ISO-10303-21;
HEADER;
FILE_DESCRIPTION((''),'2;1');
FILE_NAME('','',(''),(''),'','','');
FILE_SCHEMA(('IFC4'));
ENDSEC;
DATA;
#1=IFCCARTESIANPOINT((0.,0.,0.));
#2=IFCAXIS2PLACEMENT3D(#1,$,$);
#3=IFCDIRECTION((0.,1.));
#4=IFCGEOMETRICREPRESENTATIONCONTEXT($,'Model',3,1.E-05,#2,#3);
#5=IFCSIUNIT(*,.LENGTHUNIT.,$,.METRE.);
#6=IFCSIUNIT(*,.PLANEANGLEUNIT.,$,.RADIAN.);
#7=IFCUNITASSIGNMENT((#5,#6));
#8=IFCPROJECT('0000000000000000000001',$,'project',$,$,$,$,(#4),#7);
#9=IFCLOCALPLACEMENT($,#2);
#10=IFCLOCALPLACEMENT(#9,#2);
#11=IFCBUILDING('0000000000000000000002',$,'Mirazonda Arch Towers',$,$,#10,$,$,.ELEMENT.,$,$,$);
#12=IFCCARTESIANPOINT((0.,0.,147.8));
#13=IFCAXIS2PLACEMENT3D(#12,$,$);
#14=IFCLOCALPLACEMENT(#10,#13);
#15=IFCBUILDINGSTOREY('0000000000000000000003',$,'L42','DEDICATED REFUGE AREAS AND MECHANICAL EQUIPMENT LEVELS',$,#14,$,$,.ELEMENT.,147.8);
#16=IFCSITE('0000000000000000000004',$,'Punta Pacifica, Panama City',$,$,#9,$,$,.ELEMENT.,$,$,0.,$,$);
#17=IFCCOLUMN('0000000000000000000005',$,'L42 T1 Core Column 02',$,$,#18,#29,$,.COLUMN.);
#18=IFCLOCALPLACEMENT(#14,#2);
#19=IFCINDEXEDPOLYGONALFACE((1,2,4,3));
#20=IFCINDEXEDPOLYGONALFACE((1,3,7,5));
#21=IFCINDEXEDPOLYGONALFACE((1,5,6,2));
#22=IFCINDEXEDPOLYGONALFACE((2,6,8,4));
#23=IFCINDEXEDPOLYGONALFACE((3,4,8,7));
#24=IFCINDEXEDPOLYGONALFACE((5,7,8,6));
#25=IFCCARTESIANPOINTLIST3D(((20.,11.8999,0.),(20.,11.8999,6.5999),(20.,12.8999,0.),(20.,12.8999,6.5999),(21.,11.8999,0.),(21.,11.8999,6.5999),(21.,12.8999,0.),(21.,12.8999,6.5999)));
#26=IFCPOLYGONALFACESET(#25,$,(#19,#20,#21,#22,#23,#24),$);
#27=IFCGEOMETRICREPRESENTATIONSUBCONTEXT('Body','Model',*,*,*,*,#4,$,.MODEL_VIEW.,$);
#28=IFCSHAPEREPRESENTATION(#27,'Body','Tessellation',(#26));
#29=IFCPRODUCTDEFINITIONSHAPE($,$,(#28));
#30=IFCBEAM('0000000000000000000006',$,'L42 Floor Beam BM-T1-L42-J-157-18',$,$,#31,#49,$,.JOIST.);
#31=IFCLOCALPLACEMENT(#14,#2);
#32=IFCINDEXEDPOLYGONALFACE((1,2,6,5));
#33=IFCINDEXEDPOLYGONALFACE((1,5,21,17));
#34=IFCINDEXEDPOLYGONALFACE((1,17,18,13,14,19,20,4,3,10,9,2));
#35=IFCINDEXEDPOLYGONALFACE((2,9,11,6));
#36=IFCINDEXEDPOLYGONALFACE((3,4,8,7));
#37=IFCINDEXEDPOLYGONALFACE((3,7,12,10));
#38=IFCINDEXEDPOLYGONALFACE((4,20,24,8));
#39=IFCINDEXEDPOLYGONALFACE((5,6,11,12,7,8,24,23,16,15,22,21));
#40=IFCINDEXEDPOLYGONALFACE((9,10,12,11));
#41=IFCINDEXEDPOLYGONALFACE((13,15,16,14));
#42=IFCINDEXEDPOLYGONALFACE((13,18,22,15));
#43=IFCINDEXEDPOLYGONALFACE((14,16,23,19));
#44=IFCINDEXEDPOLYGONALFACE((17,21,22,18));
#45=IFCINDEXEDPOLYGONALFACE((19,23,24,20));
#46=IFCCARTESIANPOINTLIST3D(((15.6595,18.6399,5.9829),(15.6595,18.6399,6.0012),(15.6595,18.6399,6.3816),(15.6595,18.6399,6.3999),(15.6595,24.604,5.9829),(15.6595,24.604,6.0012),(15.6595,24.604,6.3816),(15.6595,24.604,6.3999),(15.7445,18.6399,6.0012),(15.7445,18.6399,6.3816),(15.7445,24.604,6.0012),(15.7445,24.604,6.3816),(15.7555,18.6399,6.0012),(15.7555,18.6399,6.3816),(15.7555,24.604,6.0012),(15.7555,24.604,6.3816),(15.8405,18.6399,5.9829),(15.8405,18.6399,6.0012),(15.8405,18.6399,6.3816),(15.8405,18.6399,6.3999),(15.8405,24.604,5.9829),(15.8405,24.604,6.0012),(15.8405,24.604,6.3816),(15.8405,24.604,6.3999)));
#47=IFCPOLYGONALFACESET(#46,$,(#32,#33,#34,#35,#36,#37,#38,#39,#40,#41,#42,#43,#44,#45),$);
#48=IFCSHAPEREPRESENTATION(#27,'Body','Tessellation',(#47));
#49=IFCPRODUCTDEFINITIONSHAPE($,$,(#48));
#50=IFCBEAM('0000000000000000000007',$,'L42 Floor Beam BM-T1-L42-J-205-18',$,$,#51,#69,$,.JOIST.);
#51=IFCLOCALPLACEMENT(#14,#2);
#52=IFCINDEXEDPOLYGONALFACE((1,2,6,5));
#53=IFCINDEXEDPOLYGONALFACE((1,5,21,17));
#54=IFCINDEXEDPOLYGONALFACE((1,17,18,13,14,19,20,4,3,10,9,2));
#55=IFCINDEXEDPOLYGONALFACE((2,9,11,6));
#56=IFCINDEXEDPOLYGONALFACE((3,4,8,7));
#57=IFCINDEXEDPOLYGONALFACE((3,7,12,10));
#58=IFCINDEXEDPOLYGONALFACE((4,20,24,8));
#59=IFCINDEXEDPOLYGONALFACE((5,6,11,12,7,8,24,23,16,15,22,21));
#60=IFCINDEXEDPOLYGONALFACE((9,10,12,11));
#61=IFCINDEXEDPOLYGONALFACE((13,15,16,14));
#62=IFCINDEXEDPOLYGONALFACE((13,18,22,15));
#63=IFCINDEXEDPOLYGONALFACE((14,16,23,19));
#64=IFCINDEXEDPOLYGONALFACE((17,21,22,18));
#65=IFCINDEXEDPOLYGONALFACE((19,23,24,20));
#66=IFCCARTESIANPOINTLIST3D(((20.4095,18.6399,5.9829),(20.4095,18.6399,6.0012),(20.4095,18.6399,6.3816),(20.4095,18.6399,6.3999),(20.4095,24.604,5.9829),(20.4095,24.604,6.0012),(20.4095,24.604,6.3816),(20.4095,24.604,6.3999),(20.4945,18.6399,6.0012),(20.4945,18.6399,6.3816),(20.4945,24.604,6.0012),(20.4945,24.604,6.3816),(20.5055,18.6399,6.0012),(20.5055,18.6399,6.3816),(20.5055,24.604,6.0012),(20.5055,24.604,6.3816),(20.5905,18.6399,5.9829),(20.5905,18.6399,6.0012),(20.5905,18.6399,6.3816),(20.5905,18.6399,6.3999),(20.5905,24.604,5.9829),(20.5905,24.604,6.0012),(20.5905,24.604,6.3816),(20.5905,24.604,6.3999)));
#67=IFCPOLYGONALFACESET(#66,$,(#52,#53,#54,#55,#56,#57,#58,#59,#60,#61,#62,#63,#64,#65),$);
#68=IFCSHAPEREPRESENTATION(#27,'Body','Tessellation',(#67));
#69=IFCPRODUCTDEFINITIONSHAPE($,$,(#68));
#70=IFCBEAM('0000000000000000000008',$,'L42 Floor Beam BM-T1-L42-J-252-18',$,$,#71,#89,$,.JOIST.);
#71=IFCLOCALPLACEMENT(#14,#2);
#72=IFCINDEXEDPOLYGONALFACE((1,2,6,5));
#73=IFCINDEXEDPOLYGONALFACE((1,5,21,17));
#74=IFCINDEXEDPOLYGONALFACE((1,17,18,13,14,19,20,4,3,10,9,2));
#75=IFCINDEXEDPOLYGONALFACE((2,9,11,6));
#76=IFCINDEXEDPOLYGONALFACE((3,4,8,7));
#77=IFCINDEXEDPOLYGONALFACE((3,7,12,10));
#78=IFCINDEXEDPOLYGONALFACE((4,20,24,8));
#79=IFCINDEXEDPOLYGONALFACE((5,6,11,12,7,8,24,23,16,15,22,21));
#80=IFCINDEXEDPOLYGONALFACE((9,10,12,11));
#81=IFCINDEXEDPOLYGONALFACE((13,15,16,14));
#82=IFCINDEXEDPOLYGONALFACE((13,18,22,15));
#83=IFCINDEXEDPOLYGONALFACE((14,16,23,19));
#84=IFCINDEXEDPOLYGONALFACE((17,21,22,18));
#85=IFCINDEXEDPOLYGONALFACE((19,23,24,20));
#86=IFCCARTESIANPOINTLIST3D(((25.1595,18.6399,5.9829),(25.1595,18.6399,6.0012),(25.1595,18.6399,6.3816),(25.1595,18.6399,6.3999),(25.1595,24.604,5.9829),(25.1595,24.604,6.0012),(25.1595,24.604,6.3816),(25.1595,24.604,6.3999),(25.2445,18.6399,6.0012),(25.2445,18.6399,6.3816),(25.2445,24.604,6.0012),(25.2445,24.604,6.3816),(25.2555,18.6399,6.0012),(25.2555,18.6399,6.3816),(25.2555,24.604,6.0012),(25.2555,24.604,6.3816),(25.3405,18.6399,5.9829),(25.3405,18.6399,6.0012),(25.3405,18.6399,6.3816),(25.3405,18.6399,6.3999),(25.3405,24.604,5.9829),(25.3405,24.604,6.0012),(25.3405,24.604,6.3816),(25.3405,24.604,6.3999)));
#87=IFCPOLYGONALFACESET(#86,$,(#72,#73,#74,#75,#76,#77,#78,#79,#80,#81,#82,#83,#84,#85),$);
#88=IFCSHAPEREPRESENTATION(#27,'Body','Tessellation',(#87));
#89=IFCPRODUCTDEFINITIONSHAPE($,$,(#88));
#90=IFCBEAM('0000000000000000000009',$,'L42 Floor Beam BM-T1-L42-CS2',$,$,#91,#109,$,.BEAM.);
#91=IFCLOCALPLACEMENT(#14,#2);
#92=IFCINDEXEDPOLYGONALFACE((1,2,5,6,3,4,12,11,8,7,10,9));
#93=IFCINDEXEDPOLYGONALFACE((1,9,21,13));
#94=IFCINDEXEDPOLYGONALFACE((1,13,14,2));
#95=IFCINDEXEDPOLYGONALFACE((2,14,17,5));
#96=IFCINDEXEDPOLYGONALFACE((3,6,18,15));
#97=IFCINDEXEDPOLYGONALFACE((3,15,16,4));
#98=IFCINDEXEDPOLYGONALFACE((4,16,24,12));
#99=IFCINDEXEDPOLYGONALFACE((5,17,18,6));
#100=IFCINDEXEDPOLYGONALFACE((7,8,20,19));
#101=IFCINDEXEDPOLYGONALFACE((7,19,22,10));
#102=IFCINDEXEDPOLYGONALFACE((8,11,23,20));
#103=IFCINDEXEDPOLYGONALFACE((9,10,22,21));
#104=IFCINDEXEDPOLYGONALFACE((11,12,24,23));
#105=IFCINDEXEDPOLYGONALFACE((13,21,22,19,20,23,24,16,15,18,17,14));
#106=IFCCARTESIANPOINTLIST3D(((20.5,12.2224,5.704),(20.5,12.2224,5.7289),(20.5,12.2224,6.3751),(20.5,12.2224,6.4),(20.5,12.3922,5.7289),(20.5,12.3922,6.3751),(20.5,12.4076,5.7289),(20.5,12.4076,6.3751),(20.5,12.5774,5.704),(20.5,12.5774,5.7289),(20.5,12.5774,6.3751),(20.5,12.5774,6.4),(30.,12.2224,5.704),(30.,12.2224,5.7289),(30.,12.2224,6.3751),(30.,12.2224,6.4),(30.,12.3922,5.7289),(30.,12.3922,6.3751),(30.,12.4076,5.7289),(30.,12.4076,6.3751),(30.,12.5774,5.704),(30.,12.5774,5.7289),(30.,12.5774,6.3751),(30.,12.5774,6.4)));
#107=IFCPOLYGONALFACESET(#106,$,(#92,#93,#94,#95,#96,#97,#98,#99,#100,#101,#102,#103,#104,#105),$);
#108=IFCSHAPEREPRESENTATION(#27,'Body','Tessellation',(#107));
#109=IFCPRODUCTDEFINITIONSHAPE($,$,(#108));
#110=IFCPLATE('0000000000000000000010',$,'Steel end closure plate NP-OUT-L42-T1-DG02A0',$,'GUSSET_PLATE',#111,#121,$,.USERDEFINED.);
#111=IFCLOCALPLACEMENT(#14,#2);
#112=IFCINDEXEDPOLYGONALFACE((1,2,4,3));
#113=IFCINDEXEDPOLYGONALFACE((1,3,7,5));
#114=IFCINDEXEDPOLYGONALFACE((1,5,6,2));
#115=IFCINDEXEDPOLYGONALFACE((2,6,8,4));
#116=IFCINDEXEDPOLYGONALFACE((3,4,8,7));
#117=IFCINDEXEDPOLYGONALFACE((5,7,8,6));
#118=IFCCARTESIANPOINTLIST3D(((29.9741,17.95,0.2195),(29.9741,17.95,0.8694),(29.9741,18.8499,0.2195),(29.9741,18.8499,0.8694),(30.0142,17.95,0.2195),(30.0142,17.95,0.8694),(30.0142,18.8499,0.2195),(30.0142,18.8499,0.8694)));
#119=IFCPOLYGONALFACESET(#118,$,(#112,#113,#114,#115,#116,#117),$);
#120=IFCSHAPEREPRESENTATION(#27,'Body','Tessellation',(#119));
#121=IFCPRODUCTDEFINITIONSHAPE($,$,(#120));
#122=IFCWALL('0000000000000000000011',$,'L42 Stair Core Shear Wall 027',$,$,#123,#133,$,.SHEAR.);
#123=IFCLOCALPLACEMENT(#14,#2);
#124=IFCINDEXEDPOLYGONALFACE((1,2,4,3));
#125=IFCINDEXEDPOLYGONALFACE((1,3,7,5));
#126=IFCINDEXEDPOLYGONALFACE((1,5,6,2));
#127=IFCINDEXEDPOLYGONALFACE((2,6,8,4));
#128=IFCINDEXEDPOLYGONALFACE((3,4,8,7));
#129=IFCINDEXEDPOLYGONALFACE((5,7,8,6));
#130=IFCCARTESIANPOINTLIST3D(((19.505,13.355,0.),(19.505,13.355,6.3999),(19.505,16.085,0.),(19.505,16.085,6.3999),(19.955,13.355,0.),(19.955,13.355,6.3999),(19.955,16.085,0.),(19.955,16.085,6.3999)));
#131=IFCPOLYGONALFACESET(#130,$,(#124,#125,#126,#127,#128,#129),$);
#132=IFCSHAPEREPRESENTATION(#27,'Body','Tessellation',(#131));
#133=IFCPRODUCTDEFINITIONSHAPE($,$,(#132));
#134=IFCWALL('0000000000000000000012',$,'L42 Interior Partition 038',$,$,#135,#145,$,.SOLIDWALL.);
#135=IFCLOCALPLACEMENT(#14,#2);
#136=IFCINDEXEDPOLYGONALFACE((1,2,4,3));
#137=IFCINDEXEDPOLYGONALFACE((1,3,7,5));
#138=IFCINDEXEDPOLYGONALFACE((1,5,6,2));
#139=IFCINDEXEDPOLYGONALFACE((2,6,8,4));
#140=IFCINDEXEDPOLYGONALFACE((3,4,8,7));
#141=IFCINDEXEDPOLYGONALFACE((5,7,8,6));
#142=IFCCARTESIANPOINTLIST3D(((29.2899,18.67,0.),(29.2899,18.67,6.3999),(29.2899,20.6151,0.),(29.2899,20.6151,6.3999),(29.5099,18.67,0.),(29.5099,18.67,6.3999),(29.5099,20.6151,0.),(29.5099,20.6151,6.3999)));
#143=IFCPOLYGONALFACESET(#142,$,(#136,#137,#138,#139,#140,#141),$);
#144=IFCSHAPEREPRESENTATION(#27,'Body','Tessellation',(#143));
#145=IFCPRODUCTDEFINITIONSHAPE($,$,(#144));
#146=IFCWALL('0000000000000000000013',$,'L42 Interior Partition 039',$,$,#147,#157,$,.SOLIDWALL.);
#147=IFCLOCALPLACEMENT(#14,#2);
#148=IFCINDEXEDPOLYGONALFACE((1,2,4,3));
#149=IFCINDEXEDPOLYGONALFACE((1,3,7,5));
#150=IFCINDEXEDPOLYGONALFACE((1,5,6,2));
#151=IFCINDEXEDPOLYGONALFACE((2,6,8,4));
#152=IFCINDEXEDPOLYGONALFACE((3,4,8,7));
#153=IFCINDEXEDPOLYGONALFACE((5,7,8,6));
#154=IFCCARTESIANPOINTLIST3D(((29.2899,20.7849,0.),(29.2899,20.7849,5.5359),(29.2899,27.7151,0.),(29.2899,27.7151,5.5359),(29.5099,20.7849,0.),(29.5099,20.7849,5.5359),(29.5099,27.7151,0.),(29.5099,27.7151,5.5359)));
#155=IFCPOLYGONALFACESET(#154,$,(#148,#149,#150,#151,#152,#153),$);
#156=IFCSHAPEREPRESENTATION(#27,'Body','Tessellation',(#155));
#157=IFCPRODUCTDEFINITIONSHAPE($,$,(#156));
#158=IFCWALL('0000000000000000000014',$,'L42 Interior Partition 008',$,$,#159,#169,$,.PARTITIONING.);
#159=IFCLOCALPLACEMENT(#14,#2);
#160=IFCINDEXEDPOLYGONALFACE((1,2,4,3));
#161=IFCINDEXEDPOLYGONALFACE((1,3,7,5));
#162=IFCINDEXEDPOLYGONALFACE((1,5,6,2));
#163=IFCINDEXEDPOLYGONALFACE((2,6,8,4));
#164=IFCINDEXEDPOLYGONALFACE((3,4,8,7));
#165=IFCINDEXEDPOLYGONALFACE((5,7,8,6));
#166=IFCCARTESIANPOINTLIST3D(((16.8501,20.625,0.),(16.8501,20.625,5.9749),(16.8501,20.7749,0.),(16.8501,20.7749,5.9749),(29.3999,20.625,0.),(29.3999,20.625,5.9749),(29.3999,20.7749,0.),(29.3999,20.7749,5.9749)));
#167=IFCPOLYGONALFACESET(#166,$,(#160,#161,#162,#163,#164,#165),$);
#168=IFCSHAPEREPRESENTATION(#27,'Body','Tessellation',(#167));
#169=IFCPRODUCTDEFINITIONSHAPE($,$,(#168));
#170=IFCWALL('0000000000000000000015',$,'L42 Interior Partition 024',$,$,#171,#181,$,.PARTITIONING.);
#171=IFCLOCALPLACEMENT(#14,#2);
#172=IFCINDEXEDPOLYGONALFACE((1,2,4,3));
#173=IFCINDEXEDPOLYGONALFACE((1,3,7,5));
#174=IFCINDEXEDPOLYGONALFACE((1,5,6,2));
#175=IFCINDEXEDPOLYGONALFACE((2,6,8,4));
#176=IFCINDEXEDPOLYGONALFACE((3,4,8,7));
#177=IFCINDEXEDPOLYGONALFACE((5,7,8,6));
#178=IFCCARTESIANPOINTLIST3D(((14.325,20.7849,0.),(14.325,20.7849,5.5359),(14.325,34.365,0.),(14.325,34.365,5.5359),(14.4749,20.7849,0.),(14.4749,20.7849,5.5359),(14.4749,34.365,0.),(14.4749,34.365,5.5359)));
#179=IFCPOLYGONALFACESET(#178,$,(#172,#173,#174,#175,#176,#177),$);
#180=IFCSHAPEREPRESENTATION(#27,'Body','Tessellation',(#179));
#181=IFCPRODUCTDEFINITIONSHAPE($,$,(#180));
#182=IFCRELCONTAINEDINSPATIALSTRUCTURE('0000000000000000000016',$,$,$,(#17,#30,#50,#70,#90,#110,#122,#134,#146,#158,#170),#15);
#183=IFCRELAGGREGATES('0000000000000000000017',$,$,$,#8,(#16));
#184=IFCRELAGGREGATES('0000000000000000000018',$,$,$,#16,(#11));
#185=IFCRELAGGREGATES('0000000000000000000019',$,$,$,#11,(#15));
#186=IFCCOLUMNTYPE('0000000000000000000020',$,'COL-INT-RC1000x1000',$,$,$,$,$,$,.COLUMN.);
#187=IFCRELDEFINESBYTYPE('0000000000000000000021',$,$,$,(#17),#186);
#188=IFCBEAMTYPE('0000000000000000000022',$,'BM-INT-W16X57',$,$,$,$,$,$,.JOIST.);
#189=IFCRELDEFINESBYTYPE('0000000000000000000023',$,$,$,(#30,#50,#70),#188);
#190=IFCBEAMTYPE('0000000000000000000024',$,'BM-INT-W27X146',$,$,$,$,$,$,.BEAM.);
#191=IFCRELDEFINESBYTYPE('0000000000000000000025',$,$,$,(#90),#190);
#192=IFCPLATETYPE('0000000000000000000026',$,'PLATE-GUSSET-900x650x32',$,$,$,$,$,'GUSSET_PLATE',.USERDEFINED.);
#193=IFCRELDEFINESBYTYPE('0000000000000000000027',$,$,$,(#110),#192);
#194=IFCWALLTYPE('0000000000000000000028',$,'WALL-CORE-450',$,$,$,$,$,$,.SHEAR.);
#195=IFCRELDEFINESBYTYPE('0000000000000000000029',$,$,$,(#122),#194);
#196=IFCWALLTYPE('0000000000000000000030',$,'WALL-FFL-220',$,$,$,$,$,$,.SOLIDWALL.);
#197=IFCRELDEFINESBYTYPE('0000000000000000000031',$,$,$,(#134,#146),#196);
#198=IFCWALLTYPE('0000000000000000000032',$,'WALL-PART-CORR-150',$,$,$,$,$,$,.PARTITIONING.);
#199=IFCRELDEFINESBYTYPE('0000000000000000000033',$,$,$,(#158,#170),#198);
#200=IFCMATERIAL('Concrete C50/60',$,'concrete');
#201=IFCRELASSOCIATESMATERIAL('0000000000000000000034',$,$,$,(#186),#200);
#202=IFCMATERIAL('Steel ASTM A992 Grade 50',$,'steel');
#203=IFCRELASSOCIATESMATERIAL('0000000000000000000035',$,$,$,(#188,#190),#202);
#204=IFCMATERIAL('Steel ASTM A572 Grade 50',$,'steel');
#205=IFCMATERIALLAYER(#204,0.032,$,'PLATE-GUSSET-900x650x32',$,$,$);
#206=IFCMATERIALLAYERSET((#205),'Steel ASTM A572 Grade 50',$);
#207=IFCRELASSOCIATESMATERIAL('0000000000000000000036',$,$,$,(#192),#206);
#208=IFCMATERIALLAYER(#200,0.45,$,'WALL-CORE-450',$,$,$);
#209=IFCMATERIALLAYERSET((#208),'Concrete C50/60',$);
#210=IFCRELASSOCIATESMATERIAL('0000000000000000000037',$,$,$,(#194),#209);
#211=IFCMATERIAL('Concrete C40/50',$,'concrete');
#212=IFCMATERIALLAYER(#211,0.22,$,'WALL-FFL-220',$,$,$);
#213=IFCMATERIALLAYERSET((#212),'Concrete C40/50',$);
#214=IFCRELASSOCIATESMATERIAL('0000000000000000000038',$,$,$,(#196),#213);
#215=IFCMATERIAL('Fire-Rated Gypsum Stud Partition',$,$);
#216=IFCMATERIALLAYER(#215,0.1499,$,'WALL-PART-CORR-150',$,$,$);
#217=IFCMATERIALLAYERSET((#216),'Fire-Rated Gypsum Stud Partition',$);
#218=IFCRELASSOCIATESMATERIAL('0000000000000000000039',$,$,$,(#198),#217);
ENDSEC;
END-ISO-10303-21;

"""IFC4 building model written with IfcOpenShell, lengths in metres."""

from ifc_helpers import new_model, si_unit, direction, frame, frame_2d, origin, origin_2d, place, context, subcontext, project, spatial, rectangle, i_section, extrude, material, layer, layer_set, material_profile, profile_set, type_object, element, save


model = new_model("IFC4")

# Units and contexts
model_context = context("Model", 3, precision=1e-05, world=origin(), true_north=direction((0.0, 1.0)))
body_context = subcontext(model_context, "Body", "Model", "MODEL_VIEW")
ifc_project = project(units=[si_unit("LENGTHUNIT", "METRE"), si_unit("PLANEANGLEUNIT", "RADIAN")], contexts=[model_context])

# Site, building, storey
site_placement = place(None, origin())
site = spatial("IfcSite", under=ifc_project, at=site_placement, Name="Punta Pacifica, Panama City", CompositionType="ELEMENT", RefElevation=0.0)
building_placement = place(site_placement, origin())
building = spatial("IfcBuilding", under=site, at=building_placement, Name="Mirazonda Arch Towers", CompositionType="ELEMENT")
storey_placement = place(building_placement, frame((0.0, 0.0, 147.8)))
storey = spatial("IfcBuildingStorey", under=building, at=storey_placement, Name="L42", Description="DEDICATED REFUGE AREAS AND MECHANICAL EQUIPMENT LEVELS", CompositionType="ELEMENT", Elevation=147.8)

# Column
ifc_material_1 = material(Name="Concrete C50/60", Category="concrete")
ifc_material_profile_1 = material_profile(ifc_material_1, rectangle(XDim=1.0, YDim=1.0, at=origin_2d()), Name="RC1000x1000")
ifc_profile_set_1 = profile_set([ifc_material_profile_1], Name="Concrete C50/60")
column_type = type_object("IfcColumnType", Name="COL-INT-RC1000x1000", PredefinedType="COLUMN", material=ifc_profile_set_1)
column_placement = place(storey_placement, frame((20.5, 12.3999, 0.0), z_axis=(0.0, 0.0, 1.0), x_axis=(1.0, 0.0, 0.0)))
element("IfcColumn", 1, at=column_placement, inside=storey, type_object=column_type, Name="L42 T1 Core Column 02", PredefinedType="COLUMN", context=body_context, shape_type="SweptSolid", body=[
    extrude(rectangle(XDim=1.0, YDim=1.0, at=origin_2d()), origin(), (0.0, 0.0, 1.0), 6.5999),
])

# Beams
ifc_material_2 = material(Name="Steel ASTM A992 Grade 50", Category="steel")
ifc_material_profile_2 = material_profile(ifc_material_2, i_section(OverallWidth=0.1809, OverallDepth=0.417, WebThickness=0.011, FlangeThickness=0.0183, at=origin_2d()), Name="W16X57")
ifc_profile_set_2 = profile_set([ifc_material_profile_2], Name="Steel ASTM A992 Grade 50")
beam_type_1 = type_object("IfcBeamType", Name="BM-INT-W16X57", PredefinedType="JOIST", material=ifc_profile_set_2)
for number, where, z_axis, x_axis, name in (
    (2, (15.75, 18.6399, 6.1914), (0.0, 1.0, 0.0), (-1.0, 0.0, 0.0), "L42 Floor Beam BM-T1-L42-J-157-18"),
    (3, (20.5, 18.6399, 6.1914), (0.0, 1.0, 0.0), (-1.0, 0.0, 0.0), "L42 Floor Beam BM-T1-L42-J-205-18"),
    (4, (25.25, 18.6399, 6.1914), (0.0, 1.0, 0.0), (-1.0, 0.0, 0.0), "L42 Floor Beam BM-T1-L42-J-252-18"),
):
    element("IfcBeam", number, at=place(storey_placement, frame(where, z_axis=z_axis, x_axis=x_axis)), inside=storey, type_object=beam_type_1, Name=name, PredefinedType="JOIST", context=body_context, shape_type="SweptSolid", body=[
        extrude(i_section(OverallWidth=0.1809, OverallDepth=0.417, WebThickness=0.011, FlangeThickness=0.0183, at=origin_2d()), origin(), (0.0, 0.0, 1.0), 5.9641),
    ])
ifc_material_profile_3 = material_profile(ifc_material_2, i_section(OverallWidth=0.355, OverallDepth=0.696, WebThickness=0.0154, FlangeThickness=0.0249, at=origin_2d()), Name="W27X146")
ifc_profile_set_3 = profile_set([ifc_material_profile_3], Name="Steel ASTM A992 Grade 50")
beam_type_2 = type_object("IfcBeamType", Name="BM-INT-W27X146", PredefinedType="BEAM", material=ifc_profile_set_3)
beam_placement = place(storey_placement, frame((20.5, 12.3999, 6.052), z_axis=(1.0, 0.0, 0.0), x_axis=(0.0, 1.0, 0.0)))
element("IfcBeam", 5, at=beam_placement, inside=storey, type_object=beam_type_2, Name="L42 Floor Beam BM-T1-L42-CS2", PredefinedType="BEAM", context=body_context, shape_type="SweptSolid", body=[
    extrude(i_section(OverallWidth=0.355, OverallDepth=0.696, WebThickness=0.0154, FlangeThickness=0.0249, at=origin_2d()), origin(), (0.0, 0.0, 1.0), 9.5),
])

# Plate
ifc_material_3 = material(Name="Steel ASTM A572 Grade 50", Category="steel")
ifc_layer_1 = layer(ifc_material_3, 0.032, Name="PLATE-GUSSET-900x650x32")
ifc_layer_set_1 = layer_set([ifc_layer_1], Name="Steel ASTM A572 Grade 50")
plate_type = type_object("IfcPlateType", Name="PLATE-GUSSET-900x650x32", ElementType="GUSSET_PLATE", PredefinedType="USERDEFINED", material=ifc_layer_set_1)
plate_placement = place(storey_placement, frame((29.9941, 18.3999, 0.2195), z_axis=(0.0, 0.0, 1.0), x_axis=(-1.0, 0.0, 0.0)))
element("IfcPlate", 6, at=plate_placement, inside=storey, type_object=plate_type, Name="Steel end closure plate NP-OUT-L42-T1-DG02A0", ObjectType="GUSSET_PLATE", PredefinedType="USERDEFINED", context=body_context, shape_type="SweptSolid", body=[
    extrude(rectangle(XDim=0.04, YDim=0.8999, at=origin_2d()), origin(), (0.0, 0.0, 1.0), 0.6499),
])

# Walls
ifc_layer_2 = layer(ifc_material_1, 0.45, Name="WALL-CORE-450")
ifc_layer_set_2 = layer_set([ifc_layer_2], Name="Concrete C50/60")
wall_type_1 = type_object("IfcWallType", Name="WALL-CORE-450", PredefinedType="SHEAR", material=ifc_layer_set_2)
wall_1_placement = place(storey_placement, frame((19.73, 13.355, 0.0), z_axis=(0.0, 0.0, 1.0), x_axis=(0.0, 1.0, 0.0)))
element("IfcWall", 7, at=wall_1_placement, inside=storey, type_object=wall_type_1, Name="L42 Stair Core Shear Wall 027", PredefinedType="SHEAR", context=body_context, shape_type="SweptSolid", body=[
    extrude(rectangle(XDim=2.73, YDim=0.45, at=frame_2d((1.365, 0.0))), origin(), (0.0, 0.0, 1.0), 6.3999),
])
ifc_material_4 = material(Name="Concrete C40/50", Category="concrete")
ifc_layer_3 = layer(ifc_material_4, 0.22, Name="WALL-FFL-220")
ifc_layer_set_3 = layer_set([ifc_layer_3], Name="Concrete C40/50")
wall_type_2 = type_object("IfcWallType", Name="WALL-FFL-220", PredefinedType="SOLIDWALL", material=ifc_layer_set_3)
wall_2_placement = place(storey_placement, frame((29.3999, 18.6699, 0.0), z_axis=(0.0, 0.0, 1.0), x_axis=(0.0, 1.0, 0.0)))
element("IfcWall", 8, at=wall_2_placement, inside=storey, type_object=wall_type_2, Name="L42 Interior Partition 038", PredefinedType="SOLIDWALL", context=body_context, shape_type="SweptSolid", body=[
    extrude(rectangle(XDim=1.9451, YDim=0.22, at=frame_2d((0.9727, 0.0))), origin(), (0.0, 0.0, 1.0), 6.3999),
])
wall_3_placement = place(storey_placement, frame((29.3999, 20.7849, 0.0), z_axis=(0.0, 0.0, 1.0), x_axis=(0.0, 1.0, 0.0)))
element("IfcWall", 9, at=wall_3_placement, inside=storey, type_object=wall_type_2, Name="L42 Interior Partition 039", PredefinedType="SOLIDWALL", context=body_context, shape_type="SweptSolid", body=[
    extrude(rectangle(XDim=6.9302, YDim=0.22, at=frame_2d((3.4651, 0.0))), origin(), (0.0, 0.0, 1.0), 5.5359),
])
ifc_material_5 = material(Name="Fire-Rated Gypsum Stud Partition")
ifc_layer_4 = layer(ifc_material_5, 0.1499, Name="WALL-PART-CORR-150")
ifc_layer_set_4 = layer_set([ifc_layer_4], Name="Fire-Rated Gypsum Stud Partition")
wall_type_3 = type_object("IfcWallType", Name="WALL-PART-CORR-150", PredefinedType="PARTITIONING", material=ifc_layer_set_4)
wall_4_placement = place(storey_placement, frame((16.8501, 20.7, 0.0), z_axis=(0.0, 0.0, 1.0), x_axis=(1.0, 0.0, 0.0)))
element("IfcWall", 10, at=wall_4_placement, inside=storey, type_object=wall_type_3, Name="L42 Interior Partition 008", PredefinedType="PARTITIONING", context=body_context, shape_type="SweptSolid", body=[
    extrude(rectangle(XDim=12.5498, YDim=0.1499, at=frame_2d((6.2749, 0.0))), origin(), (0.0, 0.0, 1.0), 5.9749),
])
wall_5_placement = place(storey_placement, frame((14.3999, 20.7849, 0.0), z_axis=(0.0, 0.0, 1.0), x_axis=(0.0, 1.0, 0.0)))
element("IfcWall", 11, at=wall_5_placement, inside=storey, type_object=wall_type_3, Name="L42 Interior Partition 024", PredefinedType="PARTITIONING", context=body_context, shape_type="SweptSolid", body=[
    extrude(rectangle(XDim=13.5801, YDim=0.1499, at=frame_2d((6.79, 0.0))), origin(), (0.0, 0.0, 1.0), 5.5359),
])

save(model, "model.ifc")
